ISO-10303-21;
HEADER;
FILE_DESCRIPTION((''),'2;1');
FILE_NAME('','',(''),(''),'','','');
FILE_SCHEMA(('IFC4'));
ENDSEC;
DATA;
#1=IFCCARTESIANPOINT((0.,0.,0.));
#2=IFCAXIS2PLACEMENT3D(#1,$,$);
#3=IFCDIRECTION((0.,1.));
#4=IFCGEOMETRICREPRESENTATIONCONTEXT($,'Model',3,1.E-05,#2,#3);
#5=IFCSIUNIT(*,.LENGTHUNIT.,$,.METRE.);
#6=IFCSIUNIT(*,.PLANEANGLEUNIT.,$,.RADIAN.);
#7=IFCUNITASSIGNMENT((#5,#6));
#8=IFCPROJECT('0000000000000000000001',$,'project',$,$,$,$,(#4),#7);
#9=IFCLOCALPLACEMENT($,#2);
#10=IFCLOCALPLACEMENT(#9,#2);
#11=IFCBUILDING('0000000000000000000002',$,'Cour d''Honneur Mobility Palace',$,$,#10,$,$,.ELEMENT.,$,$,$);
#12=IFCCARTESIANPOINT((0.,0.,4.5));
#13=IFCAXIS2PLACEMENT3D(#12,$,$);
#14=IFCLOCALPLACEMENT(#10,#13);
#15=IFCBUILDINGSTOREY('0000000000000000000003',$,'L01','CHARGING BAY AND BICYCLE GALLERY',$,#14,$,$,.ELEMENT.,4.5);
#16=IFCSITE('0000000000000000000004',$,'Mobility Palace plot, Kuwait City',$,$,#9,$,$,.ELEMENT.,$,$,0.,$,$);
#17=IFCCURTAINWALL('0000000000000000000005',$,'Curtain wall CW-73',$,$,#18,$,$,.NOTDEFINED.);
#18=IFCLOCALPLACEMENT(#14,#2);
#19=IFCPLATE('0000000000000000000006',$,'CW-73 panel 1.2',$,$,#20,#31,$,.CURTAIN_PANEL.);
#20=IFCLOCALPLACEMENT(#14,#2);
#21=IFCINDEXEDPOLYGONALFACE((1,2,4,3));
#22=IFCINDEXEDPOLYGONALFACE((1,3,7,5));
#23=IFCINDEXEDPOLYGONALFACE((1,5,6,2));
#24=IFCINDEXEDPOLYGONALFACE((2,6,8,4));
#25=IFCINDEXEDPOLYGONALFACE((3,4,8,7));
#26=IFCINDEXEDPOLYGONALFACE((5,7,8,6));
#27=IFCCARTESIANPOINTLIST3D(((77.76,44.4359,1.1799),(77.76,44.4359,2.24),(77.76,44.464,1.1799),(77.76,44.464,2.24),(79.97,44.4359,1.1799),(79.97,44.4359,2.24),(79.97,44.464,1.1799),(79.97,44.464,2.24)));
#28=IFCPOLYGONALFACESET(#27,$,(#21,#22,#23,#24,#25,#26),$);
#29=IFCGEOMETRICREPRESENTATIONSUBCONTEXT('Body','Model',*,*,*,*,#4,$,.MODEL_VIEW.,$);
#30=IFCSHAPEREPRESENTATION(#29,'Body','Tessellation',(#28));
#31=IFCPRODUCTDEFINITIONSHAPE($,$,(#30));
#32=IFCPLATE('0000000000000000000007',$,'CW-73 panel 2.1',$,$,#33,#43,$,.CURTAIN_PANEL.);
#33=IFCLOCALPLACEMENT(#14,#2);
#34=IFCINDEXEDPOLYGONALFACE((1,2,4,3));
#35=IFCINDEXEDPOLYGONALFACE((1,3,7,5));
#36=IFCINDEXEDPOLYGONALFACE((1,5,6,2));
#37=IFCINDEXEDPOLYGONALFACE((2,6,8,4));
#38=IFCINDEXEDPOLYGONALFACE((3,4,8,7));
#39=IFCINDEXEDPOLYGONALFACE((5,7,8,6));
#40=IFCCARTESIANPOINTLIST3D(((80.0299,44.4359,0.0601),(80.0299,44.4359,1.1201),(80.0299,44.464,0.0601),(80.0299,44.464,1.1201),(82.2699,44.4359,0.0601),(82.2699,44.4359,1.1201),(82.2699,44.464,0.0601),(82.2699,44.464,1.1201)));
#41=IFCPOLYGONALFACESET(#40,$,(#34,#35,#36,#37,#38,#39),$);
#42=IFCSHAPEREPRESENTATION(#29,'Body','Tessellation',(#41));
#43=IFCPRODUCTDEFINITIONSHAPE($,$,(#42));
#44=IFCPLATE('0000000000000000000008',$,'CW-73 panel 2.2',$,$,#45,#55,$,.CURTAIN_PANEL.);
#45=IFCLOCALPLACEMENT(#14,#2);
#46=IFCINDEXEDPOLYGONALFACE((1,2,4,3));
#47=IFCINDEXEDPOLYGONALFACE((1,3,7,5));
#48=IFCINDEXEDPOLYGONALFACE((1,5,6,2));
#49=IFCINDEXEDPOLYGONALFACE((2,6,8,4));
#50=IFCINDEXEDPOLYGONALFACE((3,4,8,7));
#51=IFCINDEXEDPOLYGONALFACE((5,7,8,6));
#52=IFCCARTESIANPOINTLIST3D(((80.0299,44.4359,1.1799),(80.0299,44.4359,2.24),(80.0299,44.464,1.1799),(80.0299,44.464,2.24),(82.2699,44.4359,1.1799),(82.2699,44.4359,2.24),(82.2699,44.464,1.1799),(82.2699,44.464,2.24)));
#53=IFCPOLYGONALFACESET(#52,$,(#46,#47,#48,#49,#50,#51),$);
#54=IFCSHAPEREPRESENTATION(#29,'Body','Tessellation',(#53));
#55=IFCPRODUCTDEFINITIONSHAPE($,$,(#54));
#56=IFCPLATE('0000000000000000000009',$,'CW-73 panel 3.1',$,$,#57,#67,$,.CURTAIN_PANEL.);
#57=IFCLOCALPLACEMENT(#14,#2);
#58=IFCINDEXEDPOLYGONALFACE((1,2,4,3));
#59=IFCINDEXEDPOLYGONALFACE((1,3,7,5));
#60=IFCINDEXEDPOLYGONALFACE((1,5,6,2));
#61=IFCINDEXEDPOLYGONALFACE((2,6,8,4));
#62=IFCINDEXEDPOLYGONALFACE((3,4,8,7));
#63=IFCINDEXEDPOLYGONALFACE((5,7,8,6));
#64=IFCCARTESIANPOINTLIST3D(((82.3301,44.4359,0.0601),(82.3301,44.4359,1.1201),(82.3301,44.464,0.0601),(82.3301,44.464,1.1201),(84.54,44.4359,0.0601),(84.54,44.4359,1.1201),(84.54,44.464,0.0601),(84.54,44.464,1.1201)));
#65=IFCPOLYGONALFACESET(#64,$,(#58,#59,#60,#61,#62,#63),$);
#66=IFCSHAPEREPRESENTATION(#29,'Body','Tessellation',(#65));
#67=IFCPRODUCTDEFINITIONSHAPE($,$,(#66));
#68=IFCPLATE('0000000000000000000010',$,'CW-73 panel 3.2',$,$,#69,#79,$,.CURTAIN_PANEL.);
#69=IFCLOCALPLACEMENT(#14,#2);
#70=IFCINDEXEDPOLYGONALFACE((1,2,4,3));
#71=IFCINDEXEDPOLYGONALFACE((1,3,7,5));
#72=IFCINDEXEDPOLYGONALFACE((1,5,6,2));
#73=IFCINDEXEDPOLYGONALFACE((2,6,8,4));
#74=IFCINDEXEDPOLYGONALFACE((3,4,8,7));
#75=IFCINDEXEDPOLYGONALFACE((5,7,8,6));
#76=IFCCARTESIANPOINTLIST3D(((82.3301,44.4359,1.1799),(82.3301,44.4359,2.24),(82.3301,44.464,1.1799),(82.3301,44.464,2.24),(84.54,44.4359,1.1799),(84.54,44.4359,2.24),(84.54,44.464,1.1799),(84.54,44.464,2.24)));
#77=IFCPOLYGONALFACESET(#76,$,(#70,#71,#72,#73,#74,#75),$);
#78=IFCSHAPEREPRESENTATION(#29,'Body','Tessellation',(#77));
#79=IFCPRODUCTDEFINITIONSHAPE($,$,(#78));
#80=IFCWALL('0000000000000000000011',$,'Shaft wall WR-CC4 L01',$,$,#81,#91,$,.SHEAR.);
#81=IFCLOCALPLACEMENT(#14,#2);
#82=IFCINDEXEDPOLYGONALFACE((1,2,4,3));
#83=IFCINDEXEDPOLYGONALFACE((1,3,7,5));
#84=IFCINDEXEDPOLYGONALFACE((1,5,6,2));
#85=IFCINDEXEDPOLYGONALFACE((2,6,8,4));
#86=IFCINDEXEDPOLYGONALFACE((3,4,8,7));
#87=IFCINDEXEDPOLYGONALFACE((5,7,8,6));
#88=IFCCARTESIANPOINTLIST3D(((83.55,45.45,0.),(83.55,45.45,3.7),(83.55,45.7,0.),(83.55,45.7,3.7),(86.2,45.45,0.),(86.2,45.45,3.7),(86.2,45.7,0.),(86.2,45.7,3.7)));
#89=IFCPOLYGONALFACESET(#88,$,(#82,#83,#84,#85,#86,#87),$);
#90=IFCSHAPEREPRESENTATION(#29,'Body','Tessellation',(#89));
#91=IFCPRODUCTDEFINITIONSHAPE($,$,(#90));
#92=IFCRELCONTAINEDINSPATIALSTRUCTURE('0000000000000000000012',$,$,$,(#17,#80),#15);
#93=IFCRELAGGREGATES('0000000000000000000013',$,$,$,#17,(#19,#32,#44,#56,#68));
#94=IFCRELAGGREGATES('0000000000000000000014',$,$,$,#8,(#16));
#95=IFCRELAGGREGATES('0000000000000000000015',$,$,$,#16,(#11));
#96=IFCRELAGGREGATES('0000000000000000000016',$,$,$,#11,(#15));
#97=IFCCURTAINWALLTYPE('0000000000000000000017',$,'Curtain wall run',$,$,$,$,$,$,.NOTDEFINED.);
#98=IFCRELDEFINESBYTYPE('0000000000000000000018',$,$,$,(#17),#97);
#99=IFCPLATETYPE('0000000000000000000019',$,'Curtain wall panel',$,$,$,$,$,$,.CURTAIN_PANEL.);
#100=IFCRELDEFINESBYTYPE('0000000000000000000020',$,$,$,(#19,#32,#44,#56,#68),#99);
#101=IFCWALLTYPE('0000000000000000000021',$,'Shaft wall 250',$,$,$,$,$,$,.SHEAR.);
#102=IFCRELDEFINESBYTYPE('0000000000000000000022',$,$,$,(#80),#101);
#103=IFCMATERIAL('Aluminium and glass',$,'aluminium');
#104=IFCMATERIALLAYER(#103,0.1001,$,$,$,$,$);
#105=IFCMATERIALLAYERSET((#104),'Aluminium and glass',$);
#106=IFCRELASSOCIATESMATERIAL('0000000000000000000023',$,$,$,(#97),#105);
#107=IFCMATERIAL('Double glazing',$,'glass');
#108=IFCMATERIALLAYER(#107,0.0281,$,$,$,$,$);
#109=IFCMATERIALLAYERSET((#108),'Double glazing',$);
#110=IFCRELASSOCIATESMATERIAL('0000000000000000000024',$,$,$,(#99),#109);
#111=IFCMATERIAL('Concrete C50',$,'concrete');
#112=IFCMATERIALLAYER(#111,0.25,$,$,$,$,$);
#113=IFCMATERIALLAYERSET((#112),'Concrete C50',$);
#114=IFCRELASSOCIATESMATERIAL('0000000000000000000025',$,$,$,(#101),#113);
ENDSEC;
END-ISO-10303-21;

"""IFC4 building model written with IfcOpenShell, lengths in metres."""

from ifc_helpers import new_model, si_unit, direction, frame, frame_2d, origin, origin_2d, place, context, subcontext, project, spatial, rectangle, extrude, material, layer, layer_set, type_object, element, aggregate, save


model = new_model("IFC4")

# Units and contexts
model_context = context("Model", 3, precision=1e-05, world=origin(), true_north=direction((0.0, 1.0)))
body_context = subcontext(model_context, "Body", "Model", "MODEL_VIEW")
ifc_project = project(units=[si_unit("LENGTHUNIT", "METRE"), si_unit("PLANEANGLEUNIT", "RADIAN")], contexts=[model_context])

# Site, building, storey
site_placement = place(None, origin())
site = spatial("IfcSite", under=ifc_project, at=site_placement, Name="Mobility Palace plot, Kuwait City", CompositionType="ELEMENT", RefElevation=0.0)
building_placement = place(site_placement, origin())
building = spatial("IfcBuilding", under=site, at=building_placement, Name="Cour d'Honneur Mobility Palace", CompositionType="ELEMENT")
storey_placement = place(building_placement, frame((0.0, 0.0, 4.5)))
storey = spatial("IfcBuildingStorey", under=building, at=storey_placement, Name="L01", Description="CHARGING BAY AND BICYCLE GALLERY", CompositionType="ELEMENT", Elevation=4.5)

# Curtain wall
ifc_material_1 = material(Name="Aluminium and glass", Category="aluminium")
ifc_layer_1 = layer(ifc_material_1, 0.1001)
ifc_layer_set_1 = layer_set([ifc_layer_1], Name="Aluminium and glass")
curtain_wall_type = type_object("IfcCurtainWallType", Name="Curtain wall run", PredefinedType="NOTDEFINED", material=ifc_layer_set_1)
curtain_wall_1_placement = place(storey_placement, origin())
curtain_wall_1 = element("IfcCurtainWall", 1, at=curtain_wall_1_placement, inside=storey, type_object=curtain_wall_type, Name="Curtain wall CW-73", PredefinedType="NOTDEFINED")

# Plates
ifc_material_2 = material(Name="Double glazing", Category="glass")
ifc_layer_2 = layer(ifc_material_2, 0.0281)
ifc_layer_set_2 = layer_set([ifc_layer_2], Name="Double glazing")
plate_type = type_object("IfcPlateType", Name="Curtain wall panel", PredefinedType="CURTAIN_PANEL", material=ifc_layer_set_2)
plate_1_placement = place(storey_placement, frame((78.865, 44.45, 1.1799), z_axis=(0.0, 0.0, 1.0), x_axis=(1.0, 0.0, 0.0)))
plate_1 = element("IfcPlate", 2, at=plate_1_placement, type_object=plate_type, Name="CW-73 panel 1.2", PredefinedType="CURTAIN_PANEL", context=body_context, shape_type="SweptSolid", body=[
    extrude(rectangle(XDim=2.21, YDim=0.0281, at=origin_2d()), origin(), (0.0, 0.0, 1.0), 1.0601),
])
plate_2_placement = place(storey_placement, frame((81.1499, 44.45, 0.0601), z_axis=(0.0, 0.0, 1.0), x_axis=(1.0, 0.0, 0.0)))
plate_2 = element("IfcPlate", 3, at=plate_2_placement, type_object=plate_type, Name="CW-73 panel 2.1", PredefinedType="CURTAIN_PANEL", context=body_context, shape_type="SweptSolid", body=[
    extrude(rectangle(XDim=2.24, YDim=0.0281, at=origin_2d()), origin(), (0.0, 0.0, 1.0), 1.0601),
])
plate_3_placement = place(storey_placement, frame((81.1499, 44.45, 1.1799), z_axis=(0.0, 0.0, 1.0), x_axis=(1.0, 0.0, 0.0)))
plate_3 = element("IfcPlate", 4, at=plate_3_placement, type_object=plate_type, Name="CW-73 panel 2.2", PredefinedType="CURTAIN_PANEL", context=body_context, shape_type="SweptSolid", body=[
    extrude(rectangle(XDim=2.24, YDim=0.0281, at=origin_2d()), origin(), (0.0, 0.0, 1.0), 1.0601),
])
plate_4_placement = place(storey_placement, frame((83.4351, 44.45, 0.0601), z_axis=(0.0, 0.0, 1.0), x_axis=(1.0, 0.0, 0.0)))
plate_4 = element("IfcPlate", 5, at=plate_4_placement, type_object=plate_type, Name="CW-73 panel 3.1", PredefinedType="CURTAIN_PANEL", context=body_context, shape_type="SweptSolid", body=[
    extrude(rectangle(XDim=2.21, YDim=0.0281, at=origin_2d()), origin(), (0.0, 0.0, 1.0), 1.0601),
])
plate_5_placement = place(storey_placement, frame((83.4351, 44.45, 1.1799), z_axis=(0.0, 0.0, 1.0), x_axis=(1.0, 0.0, 0.0)))
plate_5 = element("IfcPlate", 6, at=plate_5_placement, type_object=plate_type, Name="CW-73 panel 3.2", PredefinedType="CURTAIN_PANEL", context=body_context, shape_type="SweptSolid", body=[
    extrude(rectangle(XDim=2.21, YDim=0.0281, at=origin_2d()), origin(), (0.0, 0.0, 1.0), 1.0601),
])
aggregate(curtain_wall_1, [plate_1, plate_2, plate_3, plate_4, plate_5])

# Wall
ifc_material_3 = material(Name="Concrete C50", Category="concrete")
ifc_layer_3 = layer(ifc_material_3, 0.25)
ifc_layer_set_3 = layer_set([ifc_layer_3], Name="Concrete C50")
wall_type = type_object("IfcWallType", Name="Shaft wall 250", PredefinedType="SHEAR", material=ifc_layer_set_3)
wall_placement = place(storey_placement, frame((83.55, 45.575, 0.0), z_axis=(0.0, 0.0, 1.0), x_axis=(1.0, 0.0, 0.0)))
element("IfcWall", 7, at=wall_placement, inside=storey, type_object=wall_type, Name="Shaft wall WR-CC4 L01", PredefinedType="SHEAR", context=body_context, shape_type="SweptSolid", body=[
    extrude(rectangle(XDim=2.6499, YDim=0.25, at=frame_2d((1.325, 0.0))), origin(), (0.0, 0.0, 1.0), 3.7),
])

save(model, "model.ifc")
